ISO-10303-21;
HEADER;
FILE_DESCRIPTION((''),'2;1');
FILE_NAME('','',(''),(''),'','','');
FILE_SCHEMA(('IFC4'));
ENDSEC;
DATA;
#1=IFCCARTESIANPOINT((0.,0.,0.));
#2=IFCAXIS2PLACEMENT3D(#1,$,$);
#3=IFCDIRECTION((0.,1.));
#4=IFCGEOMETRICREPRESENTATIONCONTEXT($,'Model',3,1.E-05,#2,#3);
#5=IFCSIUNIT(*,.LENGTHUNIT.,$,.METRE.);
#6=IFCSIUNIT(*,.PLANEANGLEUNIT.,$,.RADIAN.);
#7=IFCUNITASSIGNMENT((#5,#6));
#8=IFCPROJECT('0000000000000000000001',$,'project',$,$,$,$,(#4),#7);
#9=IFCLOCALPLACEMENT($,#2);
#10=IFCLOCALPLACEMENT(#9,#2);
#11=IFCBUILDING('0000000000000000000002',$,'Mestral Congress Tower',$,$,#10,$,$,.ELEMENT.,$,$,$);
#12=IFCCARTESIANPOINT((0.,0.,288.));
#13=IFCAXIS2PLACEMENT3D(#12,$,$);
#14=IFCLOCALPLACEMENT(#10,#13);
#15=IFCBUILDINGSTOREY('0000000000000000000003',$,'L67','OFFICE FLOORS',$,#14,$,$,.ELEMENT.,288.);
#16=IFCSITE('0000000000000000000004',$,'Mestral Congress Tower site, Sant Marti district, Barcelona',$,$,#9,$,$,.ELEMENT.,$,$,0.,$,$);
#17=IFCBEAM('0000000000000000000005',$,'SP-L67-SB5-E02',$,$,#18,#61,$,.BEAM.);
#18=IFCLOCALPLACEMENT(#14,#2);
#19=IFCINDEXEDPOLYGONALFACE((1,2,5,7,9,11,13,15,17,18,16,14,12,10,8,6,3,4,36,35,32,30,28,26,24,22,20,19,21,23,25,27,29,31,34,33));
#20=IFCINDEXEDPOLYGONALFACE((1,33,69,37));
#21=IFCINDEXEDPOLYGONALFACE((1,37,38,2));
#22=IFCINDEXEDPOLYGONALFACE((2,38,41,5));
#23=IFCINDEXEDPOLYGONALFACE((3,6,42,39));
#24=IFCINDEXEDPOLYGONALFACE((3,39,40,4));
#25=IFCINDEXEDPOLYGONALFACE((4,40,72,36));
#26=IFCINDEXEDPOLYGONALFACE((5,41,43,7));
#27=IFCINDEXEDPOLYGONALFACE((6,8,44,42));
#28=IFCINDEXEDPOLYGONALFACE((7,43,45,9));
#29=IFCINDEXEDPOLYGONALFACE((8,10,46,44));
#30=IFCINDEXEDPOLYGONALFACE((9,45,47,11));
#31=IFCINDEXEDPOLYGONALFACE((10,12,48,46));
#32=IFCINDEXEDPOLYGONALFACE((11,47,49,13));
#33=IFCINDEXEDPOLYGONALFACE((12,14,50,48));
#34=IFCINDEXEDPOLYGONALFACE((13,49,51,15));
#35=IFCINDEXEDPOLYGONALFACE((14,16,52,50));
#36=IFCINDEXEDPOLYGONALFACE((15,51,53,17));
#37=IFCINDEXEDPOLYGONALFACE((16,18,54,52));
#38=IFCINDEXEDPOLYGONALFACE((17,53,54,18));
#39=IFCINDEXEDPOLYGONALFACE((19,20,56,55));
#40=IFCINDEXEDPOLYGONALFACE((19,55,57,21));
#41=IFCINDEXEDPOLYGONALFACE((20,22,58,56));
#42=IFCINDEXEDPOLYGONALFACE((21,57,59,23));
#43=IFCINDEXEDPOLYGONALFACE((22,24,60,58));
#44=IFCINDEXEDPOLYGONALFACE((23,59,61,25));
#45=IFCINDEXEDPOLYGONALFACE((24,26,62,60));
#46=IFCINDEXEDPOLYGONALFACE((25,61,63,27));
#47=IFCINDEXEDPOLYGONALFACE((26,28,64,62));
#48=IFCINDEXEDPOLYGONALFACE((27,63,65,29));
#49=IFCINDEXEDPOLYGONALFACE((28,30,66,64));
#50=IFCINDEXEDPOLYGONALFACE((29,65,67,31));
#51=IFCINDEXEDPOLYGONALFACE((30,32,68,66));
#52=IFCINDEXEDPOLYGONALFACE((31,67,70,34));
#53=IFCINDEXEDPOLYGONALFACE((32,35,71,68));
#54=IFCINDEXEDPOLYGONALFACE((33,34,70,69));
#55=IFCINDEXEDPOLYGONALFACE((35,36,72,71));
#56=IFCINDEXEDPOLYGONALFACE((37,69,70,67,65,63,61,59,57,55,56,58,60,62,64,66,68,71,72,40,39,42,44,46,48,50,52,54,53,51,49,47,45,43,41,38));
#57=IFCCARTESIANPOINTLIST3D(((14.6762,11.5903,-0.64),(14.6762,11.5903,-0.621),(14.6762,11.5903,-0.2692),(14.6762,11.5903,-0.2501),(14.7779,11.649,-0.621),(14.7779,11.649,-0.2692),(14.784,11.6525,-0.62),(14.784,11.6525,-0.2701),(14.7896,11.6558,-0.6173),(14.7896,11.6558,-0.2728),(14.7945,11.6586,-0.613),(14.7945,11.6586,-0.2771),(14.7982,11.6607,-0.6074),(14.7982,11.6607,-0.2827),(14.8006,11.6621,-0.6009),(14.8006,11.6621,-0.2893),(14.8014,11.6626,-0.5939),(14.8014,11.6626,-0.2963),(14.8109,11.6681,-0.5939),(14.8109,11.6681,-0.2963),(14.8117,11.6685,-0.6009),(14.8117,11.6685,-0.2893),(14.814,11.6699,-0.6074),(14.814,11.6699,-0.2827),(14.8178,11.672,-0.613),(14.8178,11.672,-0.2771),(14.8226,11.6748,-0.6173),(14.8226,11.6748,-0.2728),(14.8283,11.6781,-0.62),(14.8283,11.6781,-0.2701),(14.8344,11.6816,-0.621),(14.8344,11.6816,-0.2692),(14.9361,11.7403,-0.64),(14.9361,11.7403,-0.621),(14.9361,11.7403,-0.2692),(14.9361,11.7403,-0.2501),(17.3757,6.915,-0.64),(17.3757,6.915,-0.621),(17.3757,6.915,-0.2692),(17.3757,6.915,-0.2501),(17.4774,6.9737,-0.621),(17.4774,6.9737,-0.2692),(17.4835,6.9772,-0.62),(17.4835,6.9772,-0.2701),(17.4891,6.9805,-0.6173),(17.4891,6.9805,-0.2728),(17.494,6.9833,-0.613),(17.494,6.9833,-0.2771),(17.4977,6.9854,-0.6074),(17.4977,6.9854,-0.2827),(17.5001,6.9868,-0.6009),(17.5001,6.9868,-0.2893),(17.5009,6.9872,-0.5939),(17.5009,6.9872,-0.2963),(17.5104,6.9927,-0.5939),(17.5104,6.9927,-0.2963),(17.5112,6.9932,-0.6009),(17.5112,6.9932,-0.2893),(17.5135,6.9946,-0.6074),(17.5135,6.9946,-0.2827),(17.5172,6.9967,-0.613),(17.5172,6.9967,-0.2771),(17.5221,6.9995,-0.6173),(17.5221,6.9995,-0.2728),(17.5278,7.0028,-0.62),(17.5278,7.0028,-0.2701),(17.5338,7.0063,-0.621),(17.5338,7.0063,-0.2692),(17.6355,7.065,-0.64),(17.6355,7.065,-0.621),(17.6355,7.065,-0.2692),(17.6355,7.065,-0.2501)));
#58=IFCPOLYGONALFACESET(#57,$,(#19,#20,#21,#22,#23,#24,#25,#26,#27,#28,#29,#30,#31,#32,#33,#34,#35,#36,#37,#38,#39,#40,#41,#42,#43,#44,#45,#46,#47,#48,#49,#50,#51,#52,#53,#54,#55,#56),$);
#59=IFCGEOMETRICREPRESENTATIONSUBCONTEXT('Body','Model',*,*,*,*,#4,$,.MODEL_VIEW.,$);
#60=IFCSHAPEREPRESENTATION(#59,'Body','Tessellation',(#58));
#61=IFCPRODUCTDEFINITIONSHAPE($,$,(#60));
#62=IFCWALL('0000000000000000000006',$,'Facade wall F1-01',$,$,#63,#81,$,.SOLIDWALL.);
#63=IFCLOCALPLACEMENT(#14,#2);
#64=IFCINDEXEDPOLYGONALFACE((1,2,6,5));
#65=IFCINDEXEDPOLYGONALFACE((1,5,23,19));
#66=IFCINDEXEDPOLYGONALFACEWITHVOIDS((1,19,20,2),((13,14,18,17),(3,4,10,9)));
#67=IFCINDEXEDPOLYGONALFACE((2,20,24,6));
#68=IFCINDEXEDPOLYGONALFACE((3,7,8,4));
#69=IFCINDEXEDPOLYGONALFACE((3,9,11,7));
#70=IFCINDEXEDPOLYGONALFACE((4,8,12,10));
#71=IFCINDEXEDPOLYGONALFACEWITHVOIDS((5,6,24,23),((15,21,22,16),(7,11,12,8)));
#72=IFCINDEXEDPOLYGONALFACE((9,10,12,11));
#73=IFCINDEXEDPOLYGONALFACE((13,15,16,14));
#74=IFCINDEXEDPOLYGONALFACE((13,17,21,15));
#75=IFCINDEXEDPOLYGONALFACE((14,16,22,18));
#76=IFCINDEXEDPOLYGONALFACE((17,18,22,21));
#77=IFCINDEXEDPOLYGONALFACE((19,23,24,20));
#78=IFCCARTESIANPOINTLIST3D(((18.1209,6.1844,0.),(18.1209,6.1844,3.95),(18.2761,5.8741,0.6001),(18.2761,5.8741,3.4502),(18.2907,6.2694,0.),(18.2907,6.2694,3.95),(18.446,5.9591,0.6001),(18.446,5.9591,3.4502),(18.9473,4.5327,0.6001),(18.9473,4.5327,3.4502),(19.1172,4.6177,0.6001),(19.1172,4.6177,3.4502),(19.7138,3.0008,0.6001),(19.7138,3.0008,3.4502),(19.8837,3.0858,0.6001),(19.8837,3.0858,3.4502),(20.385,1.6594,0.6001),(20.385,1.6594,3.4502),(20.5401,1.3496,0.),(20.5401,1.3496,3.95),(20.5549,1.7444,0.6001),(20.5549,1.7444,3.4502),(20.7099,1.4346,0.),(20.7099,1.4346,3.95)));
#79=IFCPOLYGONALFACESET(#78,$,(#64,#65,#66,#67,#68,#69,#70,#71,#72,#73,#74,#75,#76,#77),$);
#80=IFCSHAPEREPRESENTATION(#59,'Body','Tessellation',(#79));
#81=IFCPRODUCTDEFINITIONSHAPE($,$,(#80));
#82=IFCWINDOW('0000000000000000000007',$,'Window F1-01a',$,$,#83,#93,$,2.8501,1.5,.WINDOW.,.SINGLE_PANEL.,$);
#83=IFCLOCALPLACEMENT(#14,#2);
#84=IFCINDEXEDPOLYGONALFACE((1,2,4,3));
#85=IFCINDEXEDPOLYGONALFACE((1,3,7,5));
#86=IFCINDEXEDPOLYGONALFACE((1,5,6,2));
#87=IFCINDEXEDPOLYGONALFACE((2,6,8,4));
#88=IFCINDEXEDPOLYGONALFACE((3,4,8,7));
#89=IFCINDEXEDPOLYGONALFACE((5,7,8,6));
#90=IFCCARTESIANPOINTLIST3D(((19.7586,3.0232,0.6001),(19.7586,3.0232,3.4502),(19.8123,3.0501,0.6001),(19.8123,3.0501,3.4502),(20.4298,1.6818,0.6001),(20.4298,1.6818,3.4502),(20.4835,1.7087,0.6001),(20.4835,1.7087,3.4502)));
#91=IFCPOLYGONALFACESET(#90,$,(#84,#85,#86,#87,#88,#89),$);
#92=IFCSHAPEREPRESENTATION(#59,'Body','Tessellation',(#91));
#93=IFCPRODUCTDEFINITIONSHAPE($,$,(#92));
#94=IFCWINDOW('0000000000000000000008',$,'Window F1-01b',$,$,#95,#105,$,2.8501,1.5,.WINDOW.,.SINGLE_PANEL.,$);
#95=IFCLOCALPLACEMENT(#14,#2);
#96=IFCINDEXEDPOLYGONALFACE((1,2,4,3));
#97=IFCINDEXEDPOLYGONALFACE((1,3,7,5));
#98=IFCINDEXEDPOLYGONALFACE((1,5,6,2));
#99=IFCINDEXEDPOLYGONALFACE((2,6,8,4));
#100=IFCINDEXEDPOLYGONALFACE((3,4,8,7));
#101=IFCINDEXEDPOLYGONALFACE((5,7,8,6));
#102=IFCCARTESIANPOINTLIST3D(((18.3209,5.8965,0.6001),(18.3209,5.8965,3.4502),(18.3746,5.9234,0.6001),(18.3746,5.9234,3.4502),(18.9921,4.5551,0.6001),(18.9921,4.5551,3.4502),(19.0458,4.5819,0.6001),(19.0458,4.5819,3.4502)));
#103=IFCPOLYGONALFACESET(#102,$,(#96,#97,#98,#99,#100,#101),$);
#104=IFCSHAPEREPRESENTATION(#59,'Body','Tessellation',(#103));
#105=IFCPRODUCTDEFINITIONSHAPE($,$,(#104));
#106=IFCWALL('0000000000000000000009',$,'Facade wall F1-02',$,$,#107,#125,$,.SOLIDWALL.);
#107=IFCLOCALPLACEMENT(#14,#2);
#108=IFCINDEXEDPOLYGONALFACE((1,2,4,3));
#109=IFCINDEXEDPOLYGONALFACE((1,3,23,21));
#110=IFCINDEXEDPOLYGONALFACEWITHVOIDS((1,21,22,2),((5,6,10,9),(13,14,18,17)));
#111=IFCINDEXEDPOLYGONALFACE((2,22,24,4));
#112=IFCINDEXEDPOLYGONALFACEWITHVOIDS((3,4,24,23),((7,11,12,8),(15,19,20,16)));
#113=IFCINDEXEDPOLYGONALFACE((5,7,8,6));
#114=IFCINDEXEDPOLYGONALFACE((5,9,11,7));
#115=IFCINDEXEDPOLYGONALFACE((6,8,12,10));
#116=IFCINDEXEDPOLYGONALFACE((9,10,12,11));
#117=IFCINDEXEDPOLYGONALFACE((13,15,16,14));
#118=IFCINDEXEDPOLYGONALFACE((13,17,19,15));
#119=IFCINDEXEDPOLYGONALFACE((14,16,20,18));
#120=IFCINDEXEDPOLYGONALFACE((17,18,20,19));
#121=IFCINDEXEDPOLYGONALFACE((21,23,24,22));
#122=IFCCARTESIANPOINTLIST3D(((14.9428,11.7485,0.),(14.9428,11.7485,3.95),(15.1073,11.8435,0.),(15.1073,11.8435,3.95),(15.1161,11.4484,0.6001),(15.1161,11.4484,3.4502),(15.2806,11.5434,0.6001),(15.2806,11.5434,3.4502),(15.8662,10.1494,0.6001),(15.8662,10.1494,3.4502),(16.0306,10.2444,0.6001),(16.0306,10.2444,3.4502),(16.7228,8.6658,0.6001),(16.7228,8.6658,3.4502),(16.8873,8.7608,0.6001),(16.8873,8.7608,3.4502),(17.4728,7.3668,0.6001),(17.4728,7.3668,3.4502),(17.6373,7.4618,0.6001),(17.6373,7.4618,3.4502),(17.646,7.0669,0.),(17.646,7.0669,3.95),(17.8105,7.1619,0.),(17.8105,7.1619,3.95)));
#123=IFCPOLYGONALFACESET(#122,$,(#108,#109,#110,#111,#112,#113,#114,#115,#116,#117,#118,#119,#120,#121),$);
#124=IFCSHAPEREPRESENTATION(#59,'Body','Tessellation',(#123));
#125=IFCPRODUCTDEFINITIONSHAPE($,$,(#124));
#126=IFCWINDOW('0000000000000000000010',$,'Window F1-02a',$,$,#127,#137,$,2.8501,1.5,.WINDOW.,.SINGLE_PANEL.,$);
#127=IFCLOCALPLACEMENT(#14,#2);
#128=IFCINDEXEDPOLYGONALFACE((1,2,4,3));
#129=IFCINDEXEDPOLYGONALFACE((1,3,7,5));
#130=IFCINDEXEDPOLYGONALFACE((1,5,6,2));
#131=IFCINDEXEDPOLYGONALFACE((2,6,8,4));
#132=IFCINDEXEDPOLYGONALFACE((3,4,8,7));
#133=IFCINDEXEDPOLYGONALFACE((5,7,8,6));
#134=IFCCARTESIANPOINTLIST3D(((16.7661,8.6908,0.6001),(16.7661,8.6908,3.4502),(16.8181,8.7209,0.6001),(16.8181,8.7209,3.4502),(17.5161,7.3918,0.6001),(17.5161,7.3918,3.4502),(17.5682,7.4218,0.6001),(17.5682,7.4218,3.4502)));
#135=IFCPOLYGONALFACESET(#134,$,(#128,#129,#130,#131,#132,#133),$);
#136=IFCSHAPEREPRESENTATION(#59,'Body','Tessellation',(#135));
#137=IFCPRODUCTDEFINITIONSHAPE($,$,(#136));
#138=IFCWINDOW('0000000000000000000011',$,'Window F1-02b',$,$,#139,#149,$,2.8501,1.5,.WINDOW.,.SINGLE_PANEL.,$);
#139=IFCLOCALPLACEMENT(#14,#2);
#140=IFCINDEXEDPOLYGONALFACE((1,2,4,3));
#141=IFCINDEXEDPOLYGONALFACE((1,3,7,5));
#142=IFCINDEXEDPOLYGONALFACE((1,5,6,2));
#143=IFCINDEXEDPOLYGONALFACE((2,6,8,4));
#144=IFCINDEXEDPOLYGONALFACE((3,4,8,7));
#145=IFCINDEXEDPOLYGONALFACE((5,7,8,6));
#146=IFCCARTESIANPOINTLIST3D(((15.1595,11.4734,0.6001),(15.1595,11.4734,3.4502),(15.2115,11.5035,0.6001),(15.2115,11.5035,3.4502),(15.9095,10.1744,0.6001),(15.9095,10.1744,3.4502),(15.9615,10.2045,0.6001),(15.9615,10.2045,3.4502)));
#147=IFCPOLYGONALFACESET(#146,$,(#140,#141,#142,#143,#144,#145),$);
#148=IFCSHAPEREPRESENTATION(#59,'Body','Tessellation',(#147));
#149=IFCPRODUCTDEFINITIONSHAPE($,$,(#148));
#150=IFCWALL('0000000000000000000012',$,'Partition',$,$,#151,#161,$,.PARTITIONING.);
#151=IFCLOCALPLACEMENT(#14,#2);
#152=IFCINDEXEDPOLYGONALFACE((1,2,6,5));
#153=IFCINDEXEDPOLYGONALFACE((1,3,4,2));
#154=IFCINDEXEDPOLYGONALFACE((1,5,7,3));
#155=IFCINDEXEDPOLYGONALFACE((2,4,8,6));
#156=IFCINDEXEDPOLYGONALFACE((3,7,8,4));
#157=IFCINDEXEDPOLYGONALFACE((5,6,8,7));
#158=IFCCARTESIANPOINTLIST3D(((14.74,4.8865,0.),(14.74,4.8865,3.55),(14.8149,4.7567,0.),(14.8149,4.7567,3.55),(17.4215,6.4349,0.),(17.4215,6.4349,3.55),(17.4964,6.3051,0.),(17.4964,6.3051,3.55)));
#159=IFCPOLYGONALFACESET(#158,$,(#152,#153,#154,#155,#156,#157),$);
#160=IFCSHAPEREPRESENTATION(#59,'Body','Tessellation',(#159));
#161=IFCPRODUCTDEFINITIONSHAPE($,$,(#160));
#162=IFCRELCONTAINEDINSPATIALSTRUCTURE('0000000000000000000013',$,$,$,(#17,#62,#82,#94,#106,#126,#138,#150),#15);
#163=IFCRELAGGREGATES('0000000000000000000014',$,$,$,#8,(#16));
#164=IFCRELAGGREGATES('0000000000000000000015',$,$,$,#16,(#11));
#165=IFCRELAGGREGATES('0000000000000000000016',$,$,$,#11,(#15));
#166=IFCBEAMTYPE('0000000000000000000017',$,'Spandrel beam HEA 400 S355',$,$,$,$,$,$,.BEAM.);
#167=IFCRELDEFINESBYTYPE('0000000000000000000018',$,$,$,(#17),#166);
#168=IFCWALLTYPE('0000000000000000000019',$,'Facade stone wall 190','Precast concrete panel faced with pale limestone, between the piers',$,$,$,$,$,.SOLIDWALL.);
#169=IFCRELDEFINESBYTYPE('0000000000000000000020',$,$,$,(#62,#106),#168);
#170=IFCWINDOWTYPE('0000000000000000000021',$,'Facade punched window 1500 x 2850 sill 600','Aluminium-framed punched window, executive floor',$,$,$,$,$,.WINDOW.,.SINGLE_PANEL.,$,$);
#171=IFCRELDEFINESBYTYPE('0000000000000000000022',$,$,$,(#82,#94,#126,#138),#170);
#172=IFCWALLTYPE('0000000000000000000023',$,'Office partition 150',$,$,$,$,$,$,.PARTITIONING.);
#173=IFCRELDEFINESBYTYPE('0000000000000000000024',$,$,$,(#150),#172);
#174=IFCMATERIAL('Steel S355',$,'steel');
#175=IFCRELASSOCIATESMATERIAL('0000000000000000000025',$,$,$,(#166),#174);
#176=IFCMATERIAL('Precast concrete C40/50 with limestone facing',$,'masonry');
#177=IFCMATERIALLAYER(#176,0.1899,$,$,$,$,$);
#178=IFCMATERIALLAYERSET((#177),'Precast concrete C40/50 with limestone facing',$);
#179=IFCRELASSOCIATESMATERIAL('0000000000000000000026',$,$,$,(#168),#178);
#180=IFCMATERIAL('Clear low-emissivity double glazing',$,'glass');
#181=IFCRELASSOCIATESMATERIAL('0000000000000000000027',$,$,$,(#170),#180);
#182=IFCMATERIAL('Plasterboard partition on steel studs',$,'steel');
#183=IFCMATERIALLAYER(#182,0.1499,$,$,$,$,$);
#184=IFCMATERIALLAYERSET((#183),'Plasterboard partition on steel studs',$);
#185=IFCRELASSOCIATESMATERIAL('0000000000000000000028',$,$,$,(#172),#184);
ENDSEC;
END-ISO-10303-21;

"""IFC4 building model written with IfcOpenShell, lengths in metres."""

from ifc_helpers import new_model, si_unit, direction, frame, frame_2d, origin, origin_2d, place, context, subcontext, project, spatial, rectangle, i_section, extrude, material, layer, layer_set, material_profile, profile_set, type_object, element, fill, save


model = new_model("IFC4")

# Units and contexts
model_context = context("Model", 3, precision=1e-05, world=origin(), true_north=direction((0.0, 1.0)))
body_context = subcontext(model_context, "Body", "Model", "MODEL_VIEW")
ifc_project = project(units=[si_unit("LENGTHUNIT", "METRE"), si_unit("PLANEANGLEUNIT", "RADIAN")], contexts=[model_context])

# Site, building, storey
site_placement = place(None, origin())
site = spatial("IfcSite", under=ifc_project, at=site_placement, Name="Mestral Congress Tower site, Sant Marti district, Barcelona", CompositionType="ELEMENT", RefElevation=0.0)
building_placement = place(site_placement, origin())
building = spatial("IfcBuilding", under=site, at=building_placement, Name="Mestral Congress Tower", CompositionType="ELEMENT")
storey_placement = place(building_placement, frame((0.0, 0.0, 288.0)))
storey = spatial("IfcBuildingStorey", under=building, at=storey_placement, Name="L67", Description="OFFICE FLOORS", CompositionType="ELEMENT", Elevation=288.0)

# Beam
ifc_material_1 = material(Name="Steel S355", Category="steel")
ifc_material_profile_1 = material_profile(ifc_material_1, i_section(OverallWidth=0.3, OverallDepth=0.3899, WebThickness=0.011, FlangeThickness=0.019, FilletRadius=0.0271, at=origin_2d()), Name="HEA 400")
ifc_profile_set_1 = profile_set([ifc_material_profile_1], Name="Steel S355")
beam_type_1 = type_object("IfcBeamType", Name="Spandrel beam HEA 400 S355", PredefinedType="BEAM", material=ifc_profile_set_1)
beam_1_placement = place(storey_placement, frame((17.5056, 6.99, -0.4451), z_axis=(-0.500025, 0.866011, 0.0), x_axis=(-0.866011, -0.500025, 0.0)))
element("IfcBeam", 1, at=beam_1_placement, inside=storey, type_object=beam_type_1, Name="SP-L67-SB5-E02", PredefinedType="BEAM", context=body_context, shape_type="SweptSolid", body=[
    extrude(i_section(OverallWidth=0.3, OverallDepth=0.3899, WebThickness=0.011, FlangeThickness=0.019, FilletRadius=0.0271, at=origin_2d()), origin(), (0.0, 0.0, 1.0), 5.3987),
])

# Walls, openings, windows
ifc_material_2 = material(Name="Precast concrete C40/50 with limestone facing", Category="masonry")
ifc_layer_1 = layer(ifc_material_2, 0.1899)
ifc_layer_set_1 = layer_set([ifc_layer_1], Name="Precast concrete C40/50 with limestone facing")
wall_type_1 = type_object("IfcWallType", Name="Facade stone wall 190", Description="Precast concrete panel faced with pale limestone, between the piers", PredefinedType="SOLIDWALL", material=ifc_layer_set_1)
wall_1_placement = place(storey_placement, frame((20.625, 1.3921, 0.0), z_axis=(0.0, 0.0, 1.0), x_axis=(-0.447485, 0.894292, 0.0)))
wall_1 = element("IfcWall", 2, at=wall_1_placement, inside=storey, type_object=wall_type_1, Name="Facade wall F1-01", PredefinedType="SOLIDWALL", context=body_context, shape_type="SweptSolid", body=[
    extrude(rectangle(XDim=5.4062, YDim=0.1899, at=frame_2d((2.7031, 0.0))), origin(), (0.0, 0.0, 1.0), 3.95),
])
opening_1_placement = place(wall_1_placement, frame((0.3464, 0.0, 0.6001)))
opening_1 = element("IfcOpeningElement", 3, at=opening_1_placement, cuts=wall_1, PredefinedType="OPENING", context=body_context, shape_type="SweptSolid", body=[
    extrude(rectangle(XDim=1.5, YDim=2.8501, at=frame_2d((0.75, 1.425))), frame((0.0, 0.105, 0.0), z_axis=(0.0, -1.0, 0.0), x_axis=(1.0, 0.0, 0.0)), (0.0, 0.0, 1.0), 0.21),
])
opening_2_placement = place(wall_1_placement, frame((3.5593, 0.0, 0.6001)))
opening_2 = element("IfcOpeningElement", 4, at=opening_2_placement, cuts=wall_1, PredefinedType="OPENING", context=body_context, shape_type="SweptSolid", body=[
    extrude(rectangle(XDim=1.5, YDim=2.8501, at=frame_2d((0.75, 1.425))), frame((0.0, 0.105, 0.0), z_axis=(0.0, -1.0, 0.0), x_axis=(1.0, 0.0, 0.0)), (0.0, 0.0, 1.0), 0.21),
])
ifc_material_3 = material(Name="Clear low-emissivity double glazing", Category="glass")
window_type = type_object("IfcWindowType", Name="Facade punched window 1500 x 2850 sill 600", Description="Aluminium-framed punched window, executive floor", PartitioningType="SINGLE_PANEL", PredefinedType="WINDOW", material=ifc_material_3)
window_1_placement = place(opening_1_placement, origin())
window_1 = element("IfcWindow", 5, at=window_1_placement, inside=storey, type_object=window_type, Name="Window F1-01a", OverallHeight=2.8501, OverallWidth=1.5, PartitioningType="SINGLE_PANEL", PredefinedType="WINDOW", context=body_context, shape_type="SweptSolid", body=[
    extrude(rectangle(XDim=1.5, YDim=2.8501, at=frame_2d((0.75, 1.425))), frame((0.0, 0.0449, 0.0), z_axis=(0.0, -1.0, 0.0), x_axis=(1.0, 0.0, 0.0)), (0.0, 0.0, 1.0), 0.0601),
])
fill(opening_1, window_1)
window_2_placement = place(opening_2_placement, origin())
window_2 = element("IfcWindow", 6, at=window_2_placement, inside=storey, type_object=window_type, Name="Window F1-01b", OverallHeight=2.8501, OverallWidth=1.5, PartitioningType="SINGLE_PANEL", PredefinedType="WINDOW", context=body_context, shape_type="SweptSolid", body=[
    extrude(rectangle(XDim=1.5, YDim=2.8501, at=frame_2d((0.75, 1.425))), frame((0.0, 0.0449, 0.0), z_axis=(0.0, -1.0, 0.0), x_axis=(1.0, 0.0, 0.0)), (0.0, 0.0, 1.0), 0.0601),
])
fill(opening_2, window_2)
wall_2_placement = place(storey_placement, frame((17.7283, 7.1143, 0.0), z_axis=(0.0, 0.0, 1.0), x_axis=(-0.500025, 0.866011, 0.0)))
wall_2 = element("IfcWall", 7, at=wall_2_placement, inside=storey, type_object=wall_type_1, Name="Facade wall F1-02", PredefinedType="SOLIDWALL", context=body_context, shape_type="SweptSolid", body=[
    extrude(rectangle(XDim=5.406, YDim=0.1899, at=frame_2d((2.7031, 0.0))), origin(), (0.0, 0.0, 1.0), 3.95),
])
opening_3_placement = place(wall_2_placement, frame((0.3464, 0.0, 0.6001)))
opening_3 = element("IfcOpeningElement", 8, at=opening_3_placement, cuts=wall_2, PredefinedType="OPENING", context=body_context, shape_type="SweptSolid", body=[
    extrude(rectangle(XDim=1.5, YDim=2.8501, at=frame_2d((0.75, 1.425))), frame((0.0, 0.105, 0.0), z_axis=(0.0, -1.0, 0.0), x_axis=(1.0, 0.0, 0.0)), (0.0, 0.0, 1.0), 0.21),
])
opening_4_placement = place(wall_2_placement, frame((3.5596, 0.0, 0.6001)))
opening_4 = element("IfcOpeningElement", 9, at=opening_4_placement, cuts=wall_2, PredefinedType="OPENING", context=body_context, shape_type="SweptSolid", body=[
    extrude(rectangle(XDim=1.5, YDim=2.8501, at=frame_2d((0.75, 1.425))), frame((0.0, 0.105, 0.0), z_axis=(0.0, -1.0, 0.0), x_axis=(1.0, 0.0, 0.0)), (0.0, 0.0, 1.0), 0.21),
])
window_3_placement = place(opening_3_placement, origin())
window_3 = element("IfcWindow", 10, at=window_3_placement, inside=storey, type_object=window_type, Name="Window F1-02a", OverallHeight=2.8501, OverallWidth=1.5, PartitioningType="SINGLE_PANEL", PredefinedType="WINDOW", context=body_context, shape_type="SweptSolid", body=[
    extrude(rectangle(XDim=1.5, YDim=2.8501, at=frame_2d((0.75, 1.425))), frame((0.0, 0.0449, 0.0), z_axis=(0.0, -1.0, 0.0), x_axis=(1.0, 0.0, 0.0)), (0.0, 0.0, 1.0), 0.0601),
])
fill(opening_3, window_3)
window_4_placement = place(opening_4_placement, origin())
window_4 = element("IfcWindow", 11, at=window_4_placement, inside=storey, type_object=window_type, Name="Window F1-02b", OverallHeight=2.8501, OverallWidth=1.5, PartitioningType="SINGLE_PANEL", PredefinedType="WINDOW", context=body_context, shape_type="SweptSolid", body=[
    extrude(rectangle(XDim=1.5, YDim=2.8501, at=frame_2d((0.75, 1.425))), frame((0.0, 0.0449, 0.0), z_axis=(0.0, -1.0, 0.0), x_axis=(1.0, 0.0, 0.0)), (0.0, 0.0, 1.0), 0.0601),
])
fill(opening_4, window_4)

# Wall
ifc_material_4 = material(Name="Plasterboard partition on steel studs", Category="steel")
ifc_layer_2 = layer(ifc_material_4, 0.1499)
ifc_layer_set_2 = layer_set([ifc_layer_2], Name="Plasterboard partition on steel studs")
wall_type_2 = type_object("IfcWallType", Name="Office partition 150", PredefinedType="PARTITIONING", material=ifc_layer_set_2)
wall_3_placement = place(storey_placement, frame((14.7773, 4.8215, 0.0), z_axis=(0.0, 0.0, 1.0), x_axis=(0.865993, 0.500057, 0.0)))
element("IfcWall", 12, at=wall_3_placement, inside=storey, type_object=wall_type_2, Name="Partition", PredefinedType="PARTITIONING", context=body_context, shape_type="SweptSolid", body=[
    extrude(rectangle(XDim=3.0964, YDim=0.1499, at=frame_2d((1.5483, 0.0))), origin(), (0.0, 0.0, 1.0), 3.55),
])

save(model, "model.ifc")
